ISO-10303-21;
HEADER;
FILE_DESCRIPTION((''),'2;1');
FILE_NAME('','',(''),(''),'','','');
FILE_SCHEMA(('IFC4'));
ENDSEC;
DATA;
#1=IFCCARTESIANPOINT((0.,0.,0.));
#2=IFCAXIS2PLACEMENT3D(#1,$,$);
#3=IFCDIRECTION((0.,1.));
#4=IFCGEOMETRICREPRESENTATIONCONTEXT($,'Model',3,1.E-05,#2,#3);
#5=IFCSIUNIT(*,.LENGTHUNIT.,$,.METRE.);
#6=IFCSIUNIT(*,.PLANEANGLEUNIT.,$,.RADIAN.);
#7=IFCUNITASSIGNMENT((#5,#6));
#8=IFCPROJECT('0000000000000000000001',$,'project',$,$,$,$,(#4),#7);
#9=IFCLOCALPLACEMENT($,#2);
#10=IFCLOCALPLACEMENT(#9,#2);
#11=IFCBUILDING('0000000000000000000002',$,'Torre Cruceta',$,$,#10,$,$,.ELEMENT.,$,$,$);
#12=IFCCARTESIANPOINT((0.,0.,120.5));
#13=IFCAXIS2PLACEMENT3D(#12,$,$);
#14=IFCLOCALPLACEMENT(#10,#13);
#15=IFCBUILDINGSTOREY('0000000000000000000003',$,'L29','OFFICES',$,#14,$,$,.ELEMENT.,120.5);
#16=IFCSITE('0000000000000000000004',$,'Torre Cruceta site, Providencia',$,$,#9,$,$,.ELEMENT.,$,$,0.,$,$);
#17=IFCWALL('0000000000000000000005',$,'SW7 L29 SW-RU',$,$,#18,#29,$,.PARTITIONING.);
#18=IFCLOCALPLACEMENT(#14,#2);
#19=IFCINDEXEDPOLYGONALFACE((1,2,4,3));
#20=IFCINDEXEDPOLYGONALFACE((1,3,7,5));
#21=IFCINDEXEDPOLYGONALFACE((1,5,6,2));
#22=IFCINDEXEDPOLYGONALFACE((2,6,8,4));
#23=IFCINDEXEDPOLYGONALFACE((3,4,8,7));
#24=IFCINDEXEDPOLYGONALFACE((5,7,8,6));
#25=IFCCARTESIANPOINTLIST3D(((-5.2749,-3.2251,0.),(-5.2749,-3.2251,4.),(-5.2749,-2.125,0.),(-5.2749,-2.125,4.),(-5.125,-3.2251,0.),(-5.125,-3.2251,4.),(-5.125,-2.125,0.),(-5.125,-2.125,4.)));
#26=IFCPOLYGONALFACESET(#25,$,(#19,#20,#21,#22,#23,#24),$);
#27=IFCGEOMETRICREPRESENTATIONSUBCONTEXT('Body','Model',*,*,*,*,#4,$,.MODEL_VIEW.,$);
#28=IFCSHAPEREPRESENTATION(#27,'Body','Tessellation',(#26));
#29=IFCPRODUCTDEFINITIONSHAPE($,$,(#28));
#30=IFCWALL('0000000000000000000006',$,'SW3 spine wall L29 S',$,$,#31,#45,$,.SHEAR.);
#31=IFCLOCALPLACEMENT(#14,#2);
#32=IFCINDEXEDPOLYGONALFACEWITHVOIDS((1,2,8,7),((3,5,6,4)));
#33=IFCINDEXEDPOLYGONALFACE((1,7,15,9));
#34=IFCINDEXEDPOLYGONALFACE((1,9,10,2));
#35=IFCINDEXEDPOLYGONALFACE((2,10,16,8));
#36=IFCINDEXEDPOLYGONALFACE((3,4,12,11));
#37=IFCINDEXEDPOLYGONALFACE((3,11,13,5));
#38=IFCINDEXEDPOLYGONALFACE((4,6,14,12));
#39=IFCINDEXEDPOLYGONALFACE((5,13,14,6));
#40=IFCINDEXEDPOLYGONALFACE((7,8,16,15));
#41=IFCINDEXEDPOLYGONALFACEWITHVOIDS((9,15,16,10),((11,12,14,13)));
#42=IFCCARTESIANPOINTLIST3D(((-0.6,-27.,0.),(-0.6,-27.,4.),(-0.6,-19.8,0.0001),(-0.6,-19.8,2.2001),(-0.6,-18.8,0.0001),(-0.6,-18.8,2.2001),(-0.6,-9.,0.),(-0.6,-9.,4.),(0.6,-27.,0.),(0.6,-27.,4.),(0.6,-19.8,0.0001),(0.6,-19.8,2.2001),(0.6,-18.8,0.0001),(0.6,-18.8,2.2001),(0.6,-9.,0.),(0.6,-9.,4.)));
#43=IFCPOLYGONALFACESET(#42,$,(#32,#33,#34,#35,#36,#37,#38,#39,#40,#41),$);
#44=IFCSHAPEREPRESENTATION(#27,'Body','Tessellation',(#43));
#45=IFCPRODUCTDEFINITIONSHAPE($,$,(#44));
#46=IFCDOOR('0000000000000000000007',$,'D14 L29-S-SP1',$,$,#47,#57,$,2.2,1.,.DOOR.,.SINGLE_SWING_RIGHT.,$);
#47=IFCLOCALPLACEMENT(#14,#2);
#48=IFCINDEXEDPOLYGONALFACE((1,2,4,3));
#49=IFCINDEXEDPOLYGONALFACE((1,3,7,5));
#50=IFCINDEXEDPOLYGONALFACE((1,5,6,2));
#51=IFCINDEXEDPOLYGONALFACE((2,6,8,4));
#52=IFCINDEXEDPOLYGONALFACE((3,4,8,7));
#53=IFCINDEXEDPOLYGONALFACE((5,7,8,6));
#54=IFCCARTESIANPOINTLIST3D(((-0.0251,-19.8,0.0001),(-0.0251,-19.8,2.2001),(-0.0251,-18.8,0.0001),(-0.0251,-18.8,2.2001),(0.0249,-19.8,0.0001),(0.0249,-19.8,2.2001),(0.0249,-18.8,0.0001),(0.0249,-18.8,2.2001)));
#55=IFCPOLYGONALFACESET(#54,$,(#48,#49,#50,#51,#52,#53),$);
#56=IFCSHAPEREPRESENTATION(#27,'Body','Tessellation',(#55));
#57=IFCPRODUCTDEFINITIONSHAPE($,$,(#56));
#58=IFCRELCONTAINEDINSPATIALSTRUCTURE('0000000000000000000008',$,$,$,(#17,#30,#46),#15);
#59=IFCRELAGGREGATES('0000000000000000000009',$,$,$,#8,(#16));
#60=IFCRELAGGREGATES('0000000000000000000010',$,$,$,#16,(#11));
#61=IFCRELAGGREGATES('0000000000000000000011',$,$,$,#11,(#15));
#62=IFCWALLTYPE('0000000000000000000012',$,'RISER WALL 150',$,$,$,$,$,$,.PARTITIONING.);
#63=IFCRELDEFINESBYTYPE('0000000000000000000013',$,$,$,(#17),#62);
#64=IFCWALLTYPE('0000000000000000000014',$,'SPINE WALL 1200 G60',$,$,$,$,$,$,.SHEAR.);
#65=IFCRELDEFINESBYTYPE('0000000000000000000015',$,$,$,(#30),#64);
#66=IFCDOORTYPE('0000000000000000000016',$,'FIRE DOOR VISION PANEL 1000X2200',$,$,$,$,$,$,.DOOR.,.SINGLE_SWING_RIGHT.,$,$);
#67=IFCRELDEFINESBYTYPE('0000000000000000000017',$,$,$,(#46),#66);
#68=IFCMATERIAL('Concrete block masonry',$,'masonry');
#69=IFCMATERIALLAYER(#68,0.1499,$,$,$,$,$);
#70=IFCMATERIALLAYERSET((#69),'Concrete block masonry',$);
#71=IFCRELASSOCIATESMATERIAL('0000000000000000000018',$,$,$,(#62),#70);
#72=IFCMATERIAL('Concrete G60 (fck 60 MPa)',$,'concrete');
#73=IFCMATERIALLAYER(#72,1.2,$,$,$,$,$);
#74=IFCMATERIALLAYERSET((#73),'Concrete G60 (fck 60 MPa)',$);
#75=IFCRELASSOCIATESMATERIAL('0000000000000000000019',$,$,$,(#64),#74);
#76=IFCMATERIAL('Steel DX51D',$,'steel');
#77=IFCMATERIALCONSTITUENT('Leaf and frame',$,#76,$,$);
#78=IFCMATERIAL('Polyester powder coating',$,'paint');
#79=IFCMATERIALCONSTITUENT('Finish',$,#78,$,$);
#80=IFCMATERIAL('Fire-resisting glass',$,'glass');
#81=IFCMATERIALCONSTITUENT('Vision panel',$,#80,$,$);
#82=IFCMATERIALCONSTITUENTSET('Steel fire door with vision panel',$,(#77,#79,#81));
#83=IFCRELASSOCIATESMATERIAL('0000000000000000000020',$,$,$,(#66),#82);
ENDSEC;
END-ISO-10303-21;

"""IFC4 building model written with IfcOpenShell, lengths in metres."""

from ifc_helpers import new_model, si_unit, direction, frame, frame_2d, origin, place, context, subcontext, project, spatial, rectangle, extrude, material, layer, layer_set, constituent, constituent_set, type_object, element, fill, save


model = new_model("IFC4")

# Units and contexts
model_context = context("Model", 3, precision=1e-05, world=origin(), true_north=direction((0.0, 1.0)))
body_context = subcontext(model_context, "Body", "Model", "MODEL_VIEW")
ifc_project = project(units=[si_unit("LENGTHUNIT", "METRE"), si_unit("PLANEANGLEUNIT", "RADIAN")], contexts=[model_context])

# Site, building, storey
site_placement = place(None, origin())
site = spatial("IfcSite", under=ifc_project, at=site_placement, Name="Torre Cruceta site, Providencia", CompositionType="ELEMENT", RefElevation=0.0)
building_placement = place(site_placement, origin())
building = spatial("IfcBuilding", under=site, at=building_placement, Name="Torre Cruceta", CompositionType="ELEMENT")
storey_placement = place(building_placement, frame((0.0, 0.0, 120.5)))
storey = spatial("IfcBuildingStorey", under=building, at=storey_placement, Name="L29", Description="OFFICES", CompositionType="ELEMENT", Elevation=120.5)

# Shared definitions
ifc_material_1 = material(Name="Concrete block masonry", Category="masonry")
ifc_layer_1 = layer(ifc_material_1, 0.1499)
ifc_layer_set_1 = layer_set([ifc_layer_1], Name="Concrete block masonry")
wall_type_1 = type_object("IfcWallType", Name="RISER WALL 150", PredefinedType="PARTITIONING", material=ifc_layer_set_1)

# Wall
wall_1_placement = place(storey_placement, frame((-5.2, -2.125, 0.0), z_axis=(0.0, 0.0, 1.0), x_axis=(0.0, -1.0, 0.0)))
element("IfcWall", 1, at=wall_1_placement, inside=storey, type_object=wall_type_1, Name="SW7 L29 SW-RU", PredefinedType="PARTITIONING", context=body_context, shape_type="SweptSolid", body=[
    extrude(rectangle(XDim=1.1001, YDim=0.1499, at=frame_2d((0.55, 0.0))), origin(), (0.0, 0.0, 1.0), 4.0),
])

# Wall, opening, door
ifc_material_2 = material(Name="Concrete G60 (fck 60 MPa)", Category="concrete")
ifc_layer_2 = layer(ifc_material_2, 1.2)
ifc_layer_set_2 = layer_set([ifc_layer_2], Name="Concrete G60 (fck 60 MPa)")
wall_type_2 = type_object("IfcWallType", Name="SPINE WALL 1200 G60", PredefinedType="SHEAR", material=ifc_layer_set_2)
wall_2_placement = place(storey_placement, frame((0.0, -9.0, 0.0), z_axis=(0.0, 0.0, 1.0), x_axis=(0.0, -1.0, 0.0)))
wall_2 = element("IfcWall", 2, at=wall_2_placement, inside=storey, type_object=wall_type_2, Name="SW3 spine wall L29 S", PredefinedType="SHEAR", context=body_context, shape_type="SweptSolid", body=[
    extrude(rectangle(XDim=18.0, YDim=1.2, at=frame_2d((9.0, 0.0))), origin(), (0.0, 0.0, 1.0), 4.0),
])
opening_1_placement = place(wall_2_placement, frame((9.8, 0.0, 0.0)))
opening_1 = element("IfcOpeningElement", 3, at=opening_1_placement, cuts=wall_2, PredefinedType="OPENING", context=body_context, shape_type="SweptSolid", body=[
    extrude(rectangle(XDim=1.0, YDim=2.2, at=frame_2d((0.5, 1.1001))), frame((0.0, 0.6099, 0.0), z_axis=(0.0, -1.0, 0.0), x_axis=(1.0, 0.0, 0.0)), (0.0, 0.0, 1.0), 1.22),
])
ifc_material_3 = material(Name="Steel DX51D", Category="steel")
ifc_constituent_1 = constituent(ifc_material_3, Name="Leaf and frame")
ifc_material_4 = material(Name="Polyester powder coating", Category="paint")
ifc_constituent_2 = constituent(ifc_material_4, Name="Finish")
ifc_material_5 = material(Name="Fire-resisting glass", Category="glass")
ifc_constituent_3 = constituent(ifc_material_5, Name="Vision panel")
ifc_constituent_set_1 = constituent_set(constituents=[ifc_constituent_1, ifc_constituent_2, ifc_constituent_3], Name="Steel fire door with vision panel")
door_type_1 = type_object("IfcDoorType", Name="FIRE DOOR VISION PANEL 1000X2200", OperationType="SINGLE_SWING_RIGHT", PredefinedType="DOOR", material=ifc_constituent_set_1)
door_1_placement = place(opening_1_placement, origin())
door_1 = element("IfcDoor", 4, at=door_1_placement, inside=storey, type_object=door_type_1, Name="D14 L29-S-SP1", OperationType="SINGLE_SWING_RIGHT", OverallHeight=2.2, OverallWidth=1.0, PredefinedType="DOOR", context=body_context, shape_type="SweptSolid", body=[
    extrude(rectangle(XDim=1.0, YDim=2.2, at=frame_2d((0.5, 1.1001))), frame((0.0, 0.0249, 0.0), z_axis=(0.0, -1.0, 0.0), x_axis=(1.0, 0.0, 0.0)), (0.0, 0.0, 1.0), 0.05),
])
fill(opening_1, door_1)

save(model, "model.ifc")
